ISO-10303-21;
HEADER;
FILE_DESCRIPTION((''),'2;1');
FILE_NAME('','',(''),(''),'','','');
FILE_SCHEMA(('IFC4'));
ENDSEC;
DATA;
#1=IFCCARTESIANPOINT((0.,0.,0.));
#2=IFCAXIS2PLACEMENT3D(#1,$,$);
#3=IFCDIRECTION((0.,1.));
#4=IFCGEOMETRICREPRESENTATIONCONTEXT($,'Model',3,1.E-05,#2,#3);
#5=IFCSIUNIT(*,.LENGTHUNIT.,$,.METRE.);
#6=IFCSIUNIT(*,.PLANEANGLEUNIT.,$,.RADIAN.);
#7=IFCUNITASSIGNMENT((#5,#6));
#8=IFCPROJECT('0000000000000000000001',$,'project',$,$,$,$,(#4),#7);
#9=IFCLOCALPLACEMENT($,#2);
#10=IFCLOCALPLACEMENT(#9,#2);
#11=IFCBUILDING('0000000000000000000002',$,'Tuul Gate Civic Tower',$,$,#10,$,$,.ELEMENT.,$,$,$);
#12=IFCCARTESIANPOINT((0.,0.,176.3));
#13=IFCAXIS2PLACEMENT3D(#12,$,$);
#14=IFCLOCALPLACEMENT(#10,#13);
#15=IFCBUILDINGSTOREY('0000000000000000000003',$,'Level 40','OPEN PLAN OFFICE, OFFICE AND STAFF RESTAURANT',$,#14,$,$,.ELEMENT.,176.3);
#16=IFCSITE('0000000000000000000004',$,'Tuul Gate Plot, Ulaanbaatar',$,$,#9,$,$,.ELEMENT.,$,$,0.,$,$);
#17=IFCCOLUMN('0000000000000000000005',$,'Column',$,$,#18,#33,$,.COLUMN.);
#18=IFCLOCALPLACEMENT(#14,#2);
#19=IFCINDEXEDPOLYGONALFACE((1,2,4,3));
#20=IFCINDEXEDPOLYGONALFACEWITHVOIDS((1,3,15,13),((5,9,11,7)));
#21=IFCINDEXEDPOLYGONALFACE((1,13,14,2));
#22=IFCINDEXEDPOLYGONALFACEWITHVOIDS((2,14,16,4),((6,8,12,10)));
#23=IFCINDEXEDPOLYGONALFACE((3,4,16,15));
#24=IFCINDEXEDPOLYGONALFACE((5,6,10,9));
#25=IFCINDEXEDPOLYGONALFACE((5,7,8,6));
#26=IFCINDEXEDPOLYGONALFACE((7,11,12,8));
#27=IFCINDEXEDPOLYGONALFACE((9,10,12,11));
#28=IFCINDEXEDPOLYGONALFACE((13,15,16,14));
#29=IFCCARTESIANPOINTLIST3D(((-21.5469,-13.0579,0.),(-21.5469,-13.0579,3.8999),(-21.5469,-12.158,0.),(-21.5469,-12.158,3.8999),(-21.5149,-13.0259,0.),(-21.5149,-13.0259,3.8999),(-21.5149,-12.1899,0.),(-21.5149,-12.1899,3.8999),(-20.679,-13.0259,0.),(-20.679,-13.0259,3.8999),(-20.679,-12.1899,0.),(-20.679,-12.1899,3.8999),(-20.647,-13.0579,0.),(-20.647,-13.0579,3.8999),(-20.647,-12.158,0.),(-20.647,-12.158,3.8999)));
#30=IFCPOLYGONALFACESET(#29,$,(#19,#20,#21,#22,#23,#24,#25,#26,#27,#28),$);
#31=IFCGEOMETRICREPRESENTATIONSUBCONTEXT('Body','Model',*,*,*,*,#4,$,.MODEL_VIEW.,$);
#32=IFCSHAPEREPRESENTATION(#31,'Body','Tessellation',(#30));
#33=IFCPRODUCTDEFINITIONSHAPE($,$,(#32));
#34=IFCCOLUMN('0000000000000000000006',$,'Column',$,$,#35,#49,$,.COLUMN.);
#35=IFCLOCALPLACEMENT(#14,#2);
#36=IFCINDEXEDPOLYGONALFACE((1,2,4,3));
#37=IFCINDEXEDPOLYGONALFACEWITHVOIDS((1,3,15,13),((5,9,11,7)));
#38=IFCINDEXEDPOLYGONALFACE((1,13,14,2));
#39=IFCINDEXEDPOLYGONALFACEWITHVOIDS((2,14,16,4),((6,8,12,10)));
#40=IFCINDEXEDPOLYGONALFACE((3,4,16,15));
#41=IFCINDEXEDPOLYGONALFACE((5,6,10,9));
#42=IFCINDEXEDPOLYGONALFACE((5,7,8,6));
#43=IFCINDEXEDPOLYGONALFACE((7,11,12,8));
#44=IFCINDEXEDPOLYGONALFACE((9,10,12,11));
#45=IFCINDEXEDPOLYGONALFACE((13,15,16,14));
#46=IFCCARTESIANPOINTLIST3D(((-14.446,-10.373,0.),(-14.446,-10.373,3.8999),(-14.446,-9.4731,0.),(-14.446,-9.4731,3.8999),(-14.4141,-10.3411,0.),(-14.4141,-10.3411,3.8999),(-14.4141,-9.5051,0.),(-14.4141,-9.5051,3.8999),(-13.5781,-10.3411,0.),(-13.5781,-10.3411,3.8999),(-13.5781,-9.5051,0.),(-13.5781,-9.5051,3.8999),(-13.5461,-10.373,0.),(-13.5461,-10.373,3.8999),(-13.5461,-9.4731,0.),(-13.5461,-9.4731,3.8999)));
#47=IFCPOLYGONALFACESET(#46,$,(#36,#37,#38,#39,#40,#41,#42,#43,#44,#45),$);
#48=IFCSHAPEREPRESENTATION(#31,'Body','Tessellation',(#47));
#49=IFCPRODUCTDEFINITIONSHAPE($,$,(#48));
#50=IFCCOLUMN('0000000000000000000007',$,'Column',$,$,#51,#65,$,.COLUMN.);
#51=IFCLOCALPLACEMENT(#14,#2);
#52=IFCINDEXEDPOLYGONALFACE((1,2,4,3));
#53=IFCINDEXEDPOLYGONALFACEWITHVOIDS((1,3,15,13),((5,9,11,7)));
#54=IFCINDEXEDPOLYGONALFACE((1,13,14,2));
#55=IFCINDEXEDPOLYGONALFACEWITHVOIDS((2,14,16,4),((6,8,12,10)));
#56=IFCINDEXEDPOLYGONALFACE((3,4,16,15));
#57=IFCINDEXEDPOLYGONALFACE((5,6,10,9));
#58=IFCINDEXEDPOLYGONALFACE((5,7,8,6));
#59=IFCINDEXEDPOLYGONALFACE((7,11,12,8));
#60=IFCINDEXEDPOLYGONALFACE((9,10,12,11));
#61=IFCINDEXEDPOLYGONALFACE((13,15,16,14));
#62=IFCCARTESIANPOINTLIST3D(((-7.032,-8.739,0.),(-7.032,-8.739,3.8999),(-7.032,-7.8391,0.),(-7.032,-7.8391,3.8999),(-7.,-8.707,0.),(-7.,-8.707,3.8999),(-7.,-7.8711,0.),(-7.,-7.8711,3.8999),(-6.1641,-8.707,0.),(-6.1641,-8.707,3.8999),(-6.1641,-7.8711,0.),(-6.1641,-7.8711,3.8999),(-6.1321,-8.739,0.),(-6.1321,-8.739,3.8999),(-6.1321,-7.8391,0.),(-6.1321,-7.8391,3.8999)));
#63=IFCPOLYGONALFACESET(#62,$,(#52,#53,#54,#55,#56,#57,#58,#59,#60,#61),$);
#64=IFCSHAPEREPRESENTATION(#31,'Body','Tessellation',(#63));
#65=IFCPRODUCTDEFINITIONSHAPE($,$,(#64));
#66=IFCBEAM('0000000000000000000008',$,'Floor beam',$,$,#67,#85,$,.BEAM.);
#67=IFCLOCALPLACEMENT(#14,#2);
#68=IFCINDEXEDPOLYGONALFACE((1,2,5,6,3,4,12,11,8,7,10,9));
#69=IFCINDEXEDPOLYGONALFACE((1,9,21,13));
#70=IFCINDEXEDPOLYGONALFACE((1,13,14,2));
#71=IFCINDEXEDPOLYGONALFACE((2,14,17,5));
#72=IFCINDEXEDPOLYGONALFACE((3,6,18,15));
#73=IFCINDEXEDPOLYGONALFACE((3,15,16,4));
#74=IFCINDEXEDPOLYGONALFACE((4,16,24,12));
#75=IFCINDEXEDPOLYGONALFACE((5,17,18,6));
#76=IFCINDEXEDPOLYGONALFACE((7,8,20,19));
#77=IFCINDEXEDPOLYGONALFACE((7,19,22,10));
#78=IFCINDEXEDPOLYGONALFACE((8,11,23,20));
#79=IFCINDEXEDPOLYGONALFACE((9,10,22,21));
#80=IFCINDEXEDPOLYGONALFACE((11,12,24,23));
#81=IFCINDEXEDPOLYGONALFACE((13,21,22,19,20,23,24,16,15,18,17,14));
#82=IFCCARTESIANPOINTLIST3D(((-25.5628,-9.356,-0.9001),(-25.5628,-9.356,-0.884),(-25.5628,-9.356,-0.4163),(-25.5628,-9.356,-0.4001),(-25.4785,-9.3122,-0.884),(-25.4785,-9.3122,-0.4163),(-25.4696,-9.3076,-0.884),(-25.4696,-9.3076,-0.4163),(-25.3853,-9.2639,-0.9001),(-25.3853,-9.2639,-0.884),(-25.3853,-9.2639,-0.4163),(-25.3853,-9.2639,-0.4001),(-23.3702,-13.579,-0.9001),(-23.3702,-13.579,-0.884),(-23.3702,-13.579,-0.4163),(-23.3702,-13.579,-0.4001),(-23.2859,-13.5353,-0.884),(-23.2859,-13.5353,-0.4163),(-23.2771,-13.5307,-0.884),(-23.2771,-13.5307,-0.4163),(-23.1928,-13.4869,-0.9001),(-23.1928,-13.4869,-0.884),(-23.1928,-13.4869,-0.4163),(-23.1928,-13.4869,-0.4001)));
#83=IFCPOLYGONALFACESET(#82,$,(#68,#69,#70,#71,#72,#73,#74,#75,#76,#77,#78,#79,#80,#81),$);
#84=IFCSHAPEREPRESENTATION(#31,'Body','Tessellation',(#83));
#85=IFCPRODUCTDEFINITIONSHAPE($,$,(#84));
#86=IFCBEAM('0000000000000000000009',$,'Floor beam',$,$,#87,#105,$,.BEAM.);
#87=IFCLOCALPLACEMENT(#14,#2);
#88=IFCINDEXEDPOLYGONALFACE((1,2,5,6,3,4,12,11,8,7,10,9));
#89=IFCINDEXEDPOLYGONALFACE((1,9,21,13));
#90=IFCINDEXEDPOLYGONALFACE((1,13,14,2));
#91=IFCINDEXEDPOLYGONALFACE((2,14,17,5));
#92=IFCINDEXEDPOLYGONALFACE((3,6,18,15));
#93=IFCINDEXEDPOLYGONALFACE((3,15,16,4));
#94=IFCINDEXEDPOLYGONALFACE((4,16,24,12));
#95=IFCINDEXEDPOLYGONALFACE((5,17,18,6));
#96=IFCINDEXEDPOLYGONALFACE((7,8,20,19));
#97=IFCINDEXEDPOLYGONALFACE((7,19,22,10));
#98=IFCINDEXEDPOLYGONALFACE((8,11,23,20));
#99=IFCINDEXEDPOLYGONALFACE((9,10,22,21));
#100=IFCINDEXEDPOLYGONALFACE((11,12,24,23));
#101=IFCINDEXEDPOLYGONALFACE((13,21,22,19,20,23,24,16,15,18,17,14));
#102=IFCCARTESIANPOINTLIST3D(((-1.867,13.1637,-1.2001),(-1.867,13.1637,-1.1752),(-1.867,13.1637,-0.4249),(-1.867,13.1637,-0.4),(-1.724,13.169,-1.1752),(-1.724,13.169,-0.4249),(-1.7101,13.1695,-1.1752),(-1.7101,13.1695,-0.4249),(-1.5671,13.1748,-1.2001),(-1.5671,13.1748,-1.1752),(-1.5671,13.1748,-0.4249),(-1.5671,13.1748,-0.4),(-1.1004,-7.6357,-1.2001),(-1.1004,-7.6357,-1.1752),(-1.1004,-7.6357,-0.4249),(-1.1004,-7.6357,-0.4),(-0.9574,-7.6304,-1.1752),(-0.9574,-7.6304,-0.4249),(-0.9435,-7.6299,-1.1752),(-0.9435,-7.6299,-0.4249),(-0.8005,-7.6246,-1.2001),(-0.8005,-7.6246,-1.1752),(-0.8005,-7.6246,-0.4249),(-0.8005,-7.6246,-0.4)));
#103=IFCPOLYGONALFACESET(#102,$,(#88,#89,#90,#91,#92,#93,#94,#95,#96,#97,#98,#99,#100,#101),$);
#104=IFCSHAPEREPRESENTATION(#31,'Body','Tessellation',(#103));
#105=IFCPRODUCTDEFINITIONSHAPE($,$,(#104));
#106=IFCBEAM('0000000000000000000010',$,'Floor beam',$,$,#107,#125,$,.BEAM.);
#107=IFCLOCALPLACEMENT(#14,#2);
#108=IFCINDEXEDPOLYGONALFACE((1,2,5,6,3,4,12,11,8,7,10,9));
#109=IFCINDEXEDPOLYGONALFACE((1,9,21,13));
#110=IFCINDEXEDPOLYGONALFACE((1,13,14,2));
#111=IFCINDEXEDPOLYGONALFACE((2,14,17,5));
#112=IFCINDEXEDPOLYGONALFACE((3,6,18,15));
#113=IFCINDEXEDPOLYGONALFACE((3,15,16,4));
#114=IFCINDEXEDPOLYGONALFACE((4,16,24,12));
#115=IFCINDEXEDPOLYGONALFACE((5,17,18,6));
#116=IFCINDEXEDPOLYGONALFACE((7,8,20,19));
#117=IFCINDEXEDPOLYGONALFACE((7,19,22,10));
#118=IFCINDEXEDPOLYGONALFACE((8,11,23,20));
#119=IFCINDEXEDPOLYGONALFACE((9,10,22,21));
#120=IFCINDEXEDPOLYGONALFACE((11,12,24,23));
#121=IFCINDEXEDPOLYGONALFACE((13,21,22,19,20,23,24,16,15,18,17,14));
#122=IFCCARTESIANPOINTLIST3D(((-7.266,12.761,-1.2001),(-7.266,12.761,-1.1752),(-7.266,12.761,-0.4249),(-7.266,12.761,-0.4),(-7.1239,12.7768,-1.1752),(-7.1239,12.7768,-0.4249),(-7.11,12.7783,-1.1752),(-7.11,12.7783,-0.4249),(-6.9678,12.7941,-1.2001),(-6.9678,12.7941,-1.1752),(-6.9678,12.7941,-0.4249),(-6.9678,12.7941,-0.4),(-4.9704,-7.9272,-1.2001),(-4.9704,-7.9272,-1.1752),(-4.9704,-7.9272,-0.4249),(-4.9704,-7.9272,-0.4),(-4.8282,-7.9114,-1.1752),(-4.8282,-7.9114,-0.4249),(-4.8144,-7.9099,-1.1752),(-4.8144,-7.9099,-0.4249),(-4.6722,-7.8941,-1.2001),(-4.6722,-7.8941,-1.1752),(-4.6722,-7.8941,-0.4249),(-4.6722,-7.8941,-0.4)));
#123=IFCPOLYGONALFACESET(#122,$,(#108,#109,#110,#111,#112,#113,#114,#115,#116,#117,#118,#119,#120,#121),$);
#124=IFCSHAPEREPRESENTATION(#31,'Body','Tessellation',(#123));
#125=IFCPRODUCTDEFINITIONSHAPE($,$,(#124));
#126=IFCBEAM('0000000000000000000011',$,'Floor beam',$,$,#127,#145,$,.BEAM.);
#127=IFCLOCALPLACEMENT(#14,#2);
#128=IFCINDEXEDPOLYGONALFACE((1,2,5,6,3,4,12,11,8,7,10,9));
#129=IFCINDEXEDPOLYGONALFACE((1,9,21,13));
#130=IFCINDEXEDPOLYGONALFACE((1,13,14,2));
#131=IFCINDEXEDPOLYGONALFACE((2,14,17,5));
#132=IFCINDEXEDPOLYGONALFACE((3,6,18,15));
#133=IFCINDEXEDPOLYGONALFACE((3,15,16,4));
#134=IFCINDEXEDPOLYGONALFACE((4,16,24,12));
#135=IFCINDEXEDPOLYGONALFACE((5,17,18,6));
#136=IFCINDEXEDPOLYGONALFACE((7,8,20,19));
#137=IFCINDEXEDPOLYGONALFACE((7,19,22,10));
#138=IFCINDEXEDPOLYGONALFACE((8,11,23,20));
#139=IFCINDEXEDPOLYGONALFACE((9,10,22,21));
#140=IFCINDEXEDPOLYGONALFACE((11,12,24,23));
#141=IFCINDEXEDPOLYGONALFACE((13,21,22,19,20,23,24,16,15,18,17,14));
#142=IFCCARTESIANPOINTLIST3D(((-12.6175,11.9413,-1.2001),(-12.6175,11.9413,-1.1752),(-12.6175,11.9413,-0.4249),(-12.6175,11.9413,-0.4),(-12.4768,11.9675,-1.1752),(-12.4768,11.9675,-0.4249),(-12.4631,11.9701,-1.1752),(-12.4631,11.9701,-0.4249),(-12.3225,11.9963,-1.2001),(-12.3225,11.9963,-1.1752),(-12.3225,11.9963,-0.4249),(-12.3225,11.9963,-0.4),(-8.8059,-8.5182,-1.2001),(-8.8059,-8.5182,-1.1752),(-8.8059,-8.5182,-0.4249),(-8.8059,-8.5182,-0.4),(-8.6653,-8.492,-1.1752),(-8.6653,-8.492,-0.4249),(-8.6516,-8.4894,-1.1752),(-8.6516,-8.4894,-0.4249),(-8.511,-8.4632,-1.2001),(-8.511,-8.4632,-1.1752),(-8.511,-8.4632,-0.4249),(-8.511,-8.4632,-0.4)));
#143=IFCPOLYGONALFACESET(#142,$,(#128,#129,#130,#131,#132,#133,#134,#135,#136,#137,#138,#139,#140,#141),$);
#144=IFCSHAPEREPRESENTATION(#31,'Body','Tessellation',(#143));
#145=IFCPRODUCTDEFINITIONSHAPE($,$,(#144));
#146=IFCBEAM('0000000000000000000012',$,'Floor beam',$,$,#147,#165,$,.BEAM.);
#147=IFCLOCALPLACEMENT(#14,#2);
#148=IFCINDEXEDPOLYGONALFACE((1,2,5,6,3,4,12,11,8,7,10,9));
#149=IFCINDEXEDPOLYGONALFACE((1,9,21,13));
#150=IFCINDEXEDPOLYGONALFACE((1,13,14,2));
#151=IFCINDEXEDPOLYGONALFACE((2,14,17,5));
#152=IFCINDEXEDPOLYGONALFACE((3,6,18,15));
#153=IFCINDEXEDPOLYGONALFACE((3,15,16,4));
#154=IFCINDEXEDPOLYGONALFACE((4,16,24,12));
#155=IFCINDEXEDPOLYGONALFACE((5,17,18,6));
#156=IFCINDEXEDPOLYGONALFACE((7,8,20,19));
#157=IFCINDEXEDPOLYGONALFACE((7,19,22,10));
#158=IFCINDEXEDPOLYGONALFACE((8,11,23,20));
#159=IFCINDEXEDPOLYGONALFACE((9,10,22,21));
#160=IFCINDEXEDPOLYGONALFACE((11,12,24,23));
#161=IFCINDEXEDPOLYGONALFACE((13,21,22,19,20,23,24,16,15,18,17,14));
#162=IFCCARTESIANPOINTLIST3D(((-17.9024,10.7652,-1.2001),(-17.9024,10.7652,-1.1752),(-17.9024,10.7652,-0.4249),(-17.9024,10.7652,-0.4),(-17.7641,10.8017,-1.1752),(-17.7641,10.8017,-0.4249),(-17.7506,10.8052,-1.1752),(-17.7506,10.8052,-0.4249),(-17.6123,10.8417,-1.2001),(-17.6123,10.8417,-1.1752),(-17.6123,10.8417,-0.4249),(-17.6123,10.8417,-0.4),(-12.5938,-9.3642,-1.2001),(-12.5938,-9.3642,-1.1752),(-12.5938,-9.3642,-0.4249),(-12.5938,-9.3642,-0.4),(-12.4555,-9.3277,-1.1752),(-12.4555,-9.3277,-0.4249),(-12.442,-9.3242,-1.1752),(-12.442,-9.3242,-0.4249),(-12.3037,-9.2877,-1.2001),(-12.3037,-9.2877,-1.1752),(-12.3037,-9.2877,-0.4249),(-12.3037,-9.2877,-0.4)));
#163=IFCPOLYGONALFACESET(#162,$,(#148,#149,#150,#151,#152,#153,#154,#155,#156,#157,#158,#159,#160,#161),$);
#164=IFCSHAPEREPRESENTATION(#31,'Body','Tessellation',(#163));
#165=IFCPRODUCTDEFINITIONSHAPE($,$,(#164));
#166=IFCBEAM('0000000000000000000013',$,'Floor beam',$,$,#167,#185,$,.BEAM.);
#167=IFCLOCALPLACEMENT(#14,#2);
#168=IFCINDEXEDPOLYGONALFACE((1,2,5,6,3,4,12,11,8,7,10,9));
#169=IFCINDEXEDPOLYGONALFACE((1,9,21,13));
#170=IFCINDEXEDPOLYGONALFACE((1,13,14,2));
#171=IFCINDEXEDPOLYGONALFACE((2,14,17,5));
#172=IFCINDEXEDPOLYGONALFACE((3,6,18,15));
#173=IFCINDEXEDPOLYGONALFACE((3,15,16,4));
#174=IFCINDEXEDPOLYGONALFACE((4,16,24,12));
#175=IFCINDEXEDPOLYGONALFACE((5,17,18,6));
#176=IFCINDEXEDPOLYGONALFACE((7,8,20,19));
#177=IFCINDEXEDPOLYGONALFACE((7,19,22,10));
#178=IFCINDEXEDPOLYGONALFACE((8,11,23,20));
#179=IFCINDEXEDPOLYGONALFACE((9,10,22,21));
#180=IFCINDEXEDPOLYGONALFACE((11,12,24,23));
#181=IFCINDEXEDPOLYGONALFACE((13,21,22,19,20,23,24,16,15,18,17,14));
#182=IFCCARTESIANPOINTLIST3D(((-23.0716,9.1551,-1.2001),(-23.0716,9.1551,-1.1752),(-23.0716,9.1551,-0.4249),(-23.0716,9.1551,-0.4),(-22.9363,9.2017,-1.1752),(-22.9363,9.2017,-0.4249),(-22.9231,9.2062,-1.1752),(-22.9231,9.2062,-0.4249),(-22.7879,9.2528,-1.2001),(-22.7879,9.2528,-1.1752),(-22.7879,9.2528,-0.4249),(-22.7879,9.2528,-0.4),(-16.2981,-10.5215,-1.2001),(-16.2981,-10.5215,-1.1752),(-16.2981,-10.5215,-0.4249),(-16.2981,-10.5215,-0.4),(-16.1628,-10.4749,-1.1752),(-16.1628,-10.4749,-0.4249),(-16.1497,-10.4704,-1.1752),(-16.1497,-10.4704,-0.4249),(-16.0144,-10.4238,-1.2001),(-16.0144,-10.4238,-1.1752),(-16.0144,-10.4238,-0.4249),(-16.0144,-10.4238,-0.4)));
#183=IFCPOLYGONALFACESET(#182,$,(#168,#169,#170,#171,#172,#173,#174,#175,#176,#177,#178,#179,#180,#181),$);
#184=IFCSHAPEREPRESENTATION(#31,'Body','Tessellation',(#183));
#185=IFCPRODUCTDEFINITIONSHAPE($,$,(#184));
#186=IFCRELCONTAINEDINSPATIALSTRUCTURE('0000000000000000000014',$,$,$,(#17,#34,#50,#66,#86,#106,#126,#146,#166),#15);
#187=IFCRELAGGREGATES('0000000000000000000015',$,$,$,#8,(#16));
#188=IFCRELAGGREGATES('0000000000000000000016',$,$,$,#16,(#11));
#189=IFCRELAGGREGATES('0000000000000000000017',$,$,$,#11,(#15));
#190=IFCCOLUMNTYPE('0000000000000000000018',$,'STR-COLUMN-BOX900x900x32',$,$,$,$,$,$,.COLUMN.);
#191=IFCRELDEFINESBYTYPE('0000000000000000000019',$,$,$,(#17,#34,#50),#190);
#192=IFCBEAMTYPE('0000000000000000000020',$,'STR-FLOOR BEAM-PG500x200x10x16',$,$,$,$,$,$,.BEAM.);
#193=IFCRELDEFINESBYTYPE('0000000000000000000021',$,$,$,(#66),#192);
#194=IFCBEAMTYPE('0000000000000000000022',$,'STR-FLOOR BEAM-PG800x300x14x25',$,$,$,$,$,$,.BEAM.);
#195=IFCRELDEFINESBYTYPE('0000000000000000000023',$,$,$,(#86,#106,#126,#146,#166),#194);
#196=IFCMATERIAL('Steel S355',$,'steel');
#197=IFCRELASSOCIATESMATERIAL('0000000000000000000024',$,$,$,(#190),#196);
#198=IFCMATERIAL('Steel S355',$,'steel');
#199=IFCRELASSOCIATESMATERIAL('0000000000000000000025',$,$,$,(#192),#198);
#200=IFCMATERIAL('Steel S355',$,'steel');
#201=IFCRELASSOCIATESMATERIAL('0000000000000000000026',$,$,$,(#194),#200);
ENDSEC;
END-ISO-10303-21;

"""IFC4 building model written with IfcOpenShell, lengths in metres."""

from ifc_helpers import new_model, si_unit, direction, frame, origin, origin_2d, place, context, subcontext, project, spatial, hollow_rectangle, i_section, extrude, material, material_profile, profile_set, type_object, element, save


model = new_model("IFC4")

# Units and contexts
model_context = context("Model", 3, precision=1e-05, world=origin(), true_north=direction((0.0, 1.0)))
body_context = subcontext(model_context, "Body", "Model", "MODEL_VIEW")
ifc_project = project(units=[si_unit("LENGTHUNIT", "METRE"), si_unit("PLANEANGLEUNIT", "RADIAN")], contexts=[model_context])

# Site, building, storey
site_placement = place(None, origin())
site = spatial("IfcSite", under=ifc_project, at=site_placement, Name="Tuul Gate Plot, Ulaanbaatar", CompositionType="ELEMENT", RefElevation=0.0)
building_placement = place(site_placement, origin())
building = spatial("IfcBuilding", under=site, at=building_placement, Name="Tuul Gate Civic Tower", CompositionType="ELEMENT")
storey_placement = place(building_placement, frame((0.0, 0.0, 176.3)))
storey = spatial("IfcBuildingStorey", under=building, at=storey_placement, Name="Level 40", Description="OPEN PLAN OFFICE, OFFICE AND STAFF RESTAURANT", CompositionType="ELEMENT", Elevation=176.3)

# Columns
ifc_material_1 = material(Name="Steel S355", Category="steel")
ifc_material_profile_1 = material_profile(ifc_material_1, hollow_rectangle(XDim=0.8999, YDim=0.8999, WallThickness=0.032, at=origin_2d()), Name="BOX900x900x32")
ifc_profile_set_1 = profile_set([ifc_material_profile_1], Name="Steel S355")
column_type = type_object("IfcColumnType", Name="STR-COLUMN-BOX900x900x32", PredefinedType="COLUMN", material=ifc_profile_set_1)
for number, where, z_axis, x_axis, name in (
    (1, (-21.0969, -12.6079, 0.0), (0.0, 0.0, 1.0), (1.0, 0.0, 0.0), "Column"),
    (2, (-13.9961, -9.9231, 0.0), (0.0, 0.0, 1.0), (1.0, 0.0, 0.0), "Column"),
    (3, (-6.582, -8.2891, 0.0), (0.0, 0.0, 1.0), (1.0, 0.0, 0.0), "Column"),
):
    element("IfcColumn", number, at=place(storey_placement, frame(where, z_axis=z_axis, x_axis=x_axis)), inside=storey, type_object=column_type, Name=name, PredefinedType="COLUMN", context=body_context, shape_type="SweptSolid", body=[
        extrude(hollow_rectangle(XDim=0.8999, YDim=0.8999, WallThickness=0.032, at=origin_2d()), origin(), (0.0, 0.0, 1.0), 3.8999),
    ])

# Beams
ifc_material_2 = material(Name="Steel S355", Category="steel")
ifc_material_profile_2 = material_profile(ifc_material_2, i_section(OverallWidth=0.2, OverallDepth=0.5, WebThickness=0.01, FlangeThickness=0.0161, at=origin_2d()), Name="PG500x200x10x16")
ifc_profile_set_2 = profile_set([ifc_material_profile_2], Name="Steel S355")
beam_type_1 = type_object("IfcBeamType", Name="STR-FLOOR BEAM-PG500x200x10x16", PredefinedType="BEAM", material=ifc_profile_set_2)
beam_1_placement = place(storey_placement, frame((-23.2815, -13.533, -0.6501), z_axis=(-0.460789, 0.88751, 0.0), x_axis=(-0.88751, -0.460789, 0.0)))
element("IfcBeam", 4, at=beam_1_placement, inside=storey, type_object=beam_type_1, Name="Floor beam", PredefinedType="BEAM", context=body_context, shape_type="SweptSolid", body=[
    extrude(i_section(OverallWidth=0.2, OverallDepth=0.5, WebThickness=0.01, FlangeThickness=0.0161, at=origin_2d()), origin(), (0.0, 0.0, 1.0), 4.7583),
])
ifc_material_3 = material(Name="Steel S355", Category="steel")
ifc_material_profile_3 = material_profile(ifc_material_3, i_section(OverallWidth=0.3, OverallDepth=0.8, WebThickness=0.0139, FlangeThickness=0.0249, at=origin_2d()), Name="PG800x300x14x25")
ifc_profile_set_3 = profile_set([ifc_material_profile_3], Name="Steel S355")
beam_type_2 = type_object("IfcBeamType", Name="STR-FLOOR BEAM-PG800x300x14x25", PredefinedType="BEAM", material=ifc_profile_set_3)
beam_2_placement = place(storey_placement, frame((-0.9504, -7.6301, -0.8), z_axis=(-0.036832, 0.999321, 0.0), x_axis=(-0.999321, -0.036832, 0.0)))
element("IfcBeam", 5, at=beam_2_placement, inside=storey, type_object=beam_type_2, Name="Floor beam", PredefinedType="BEAM", context=body_context, shape_type="SweptSolid", body=[
    extrude(i_section(OverallWidth=0.3, OverallDepth=0.8, WebThickness=0.0139, FlangeThickness=0.0249, at=origin_2d()), origin(), (0.0, 0.0, 1.0), 20.8135),
])
beam_3_placement = place(storey_placement, frame((-4.8213, -7.9106, -0.8), z_axis=(-0.110287, 0.9939, 0.0), x_axis=(-0.9939, -0.110287, 0.0)))
element("IfcBeam", 6, at=beam_3_placement, inside=storey, type_object=beam_type_2, Name="Floor beam", PredefinedType="BEAM", context=body_context, shape_type="SweptSolid", body=[
    extrude(i_section(OverallWidth=0.3, OverallDepth=0.8, WebThickness=0.0139, FlangeThickness=0.0249, at=origin_2d()), origin(), (0.0, 0.0, 1.0), 20.8152),
])
beam_4_placement = place(storey_placement, frame((-8.6584, -8.4907, -0.8), z_axis=(-0.183145, 0.983086, 0.0), x_axis=(-0.983086, -0.183145, 0.0)))
element("IfcBeam", 7, at=beam_4_placement, inside=storey, type_object=beam_type_2, Name="Floor beam", PredefinedType="BEAM", context=body_context, shape_type="SweptSolid", body=[
    extrude(i_section(OverallWidth=0.3, OverallDepth=0.8, WebThickness=0.0139, FlangeThickness=0.0249, at=origin_2d()), origin(), (0.0, 0.0, 1.0), 20.8115),
])
beam_5_placement = place(storey_placement, frame((-12.4487, -9.3259, -0.8), z_axis=(-0.255005, 0.96694, 0.0), x_axis=(-0.96694, -0.255005, 0.0)))
element("IfcBeam", 8, at=beam_5_placement, inside=storey, type_object=beam_type_2, Name="Floor beam", PredefinedType="BEAM", context=body_context, shape_type="SweptSolid", body=[
    extrude(i_section(OverallWidth=0.3, OverallDepth=0.8, WebThickness=0.0139, FlangeThickness=0.0249, at=origin_2d()), origin(), (0.0, 0.0, 1.0), 20.8176),
])
beam_6_placement = place(storey_placement, frame((-16.1562, -10.4727, -0.8), z_axis=(-0.325494, 0.945544, 0.0), x_axis=(-0.945544, -0.325494, 0.0)))
element("IfcBeam", 9, at=beam_6_placement, inside=storey, type_object=beam_type_2, Name="Floor beam", PredefinedType="BEAM", context=body_context, shape_type="SweptSolid", body=[
    extrude(i_section(OverallWidth=0.3, OverallDepth=0.8, WebThickness=0.0139, FlangeThickness=0.0249, at=origin_2d()), origin(), (0.0, 0.0, 1.0), 20.8098),
])

save(model, "model.ifc")
